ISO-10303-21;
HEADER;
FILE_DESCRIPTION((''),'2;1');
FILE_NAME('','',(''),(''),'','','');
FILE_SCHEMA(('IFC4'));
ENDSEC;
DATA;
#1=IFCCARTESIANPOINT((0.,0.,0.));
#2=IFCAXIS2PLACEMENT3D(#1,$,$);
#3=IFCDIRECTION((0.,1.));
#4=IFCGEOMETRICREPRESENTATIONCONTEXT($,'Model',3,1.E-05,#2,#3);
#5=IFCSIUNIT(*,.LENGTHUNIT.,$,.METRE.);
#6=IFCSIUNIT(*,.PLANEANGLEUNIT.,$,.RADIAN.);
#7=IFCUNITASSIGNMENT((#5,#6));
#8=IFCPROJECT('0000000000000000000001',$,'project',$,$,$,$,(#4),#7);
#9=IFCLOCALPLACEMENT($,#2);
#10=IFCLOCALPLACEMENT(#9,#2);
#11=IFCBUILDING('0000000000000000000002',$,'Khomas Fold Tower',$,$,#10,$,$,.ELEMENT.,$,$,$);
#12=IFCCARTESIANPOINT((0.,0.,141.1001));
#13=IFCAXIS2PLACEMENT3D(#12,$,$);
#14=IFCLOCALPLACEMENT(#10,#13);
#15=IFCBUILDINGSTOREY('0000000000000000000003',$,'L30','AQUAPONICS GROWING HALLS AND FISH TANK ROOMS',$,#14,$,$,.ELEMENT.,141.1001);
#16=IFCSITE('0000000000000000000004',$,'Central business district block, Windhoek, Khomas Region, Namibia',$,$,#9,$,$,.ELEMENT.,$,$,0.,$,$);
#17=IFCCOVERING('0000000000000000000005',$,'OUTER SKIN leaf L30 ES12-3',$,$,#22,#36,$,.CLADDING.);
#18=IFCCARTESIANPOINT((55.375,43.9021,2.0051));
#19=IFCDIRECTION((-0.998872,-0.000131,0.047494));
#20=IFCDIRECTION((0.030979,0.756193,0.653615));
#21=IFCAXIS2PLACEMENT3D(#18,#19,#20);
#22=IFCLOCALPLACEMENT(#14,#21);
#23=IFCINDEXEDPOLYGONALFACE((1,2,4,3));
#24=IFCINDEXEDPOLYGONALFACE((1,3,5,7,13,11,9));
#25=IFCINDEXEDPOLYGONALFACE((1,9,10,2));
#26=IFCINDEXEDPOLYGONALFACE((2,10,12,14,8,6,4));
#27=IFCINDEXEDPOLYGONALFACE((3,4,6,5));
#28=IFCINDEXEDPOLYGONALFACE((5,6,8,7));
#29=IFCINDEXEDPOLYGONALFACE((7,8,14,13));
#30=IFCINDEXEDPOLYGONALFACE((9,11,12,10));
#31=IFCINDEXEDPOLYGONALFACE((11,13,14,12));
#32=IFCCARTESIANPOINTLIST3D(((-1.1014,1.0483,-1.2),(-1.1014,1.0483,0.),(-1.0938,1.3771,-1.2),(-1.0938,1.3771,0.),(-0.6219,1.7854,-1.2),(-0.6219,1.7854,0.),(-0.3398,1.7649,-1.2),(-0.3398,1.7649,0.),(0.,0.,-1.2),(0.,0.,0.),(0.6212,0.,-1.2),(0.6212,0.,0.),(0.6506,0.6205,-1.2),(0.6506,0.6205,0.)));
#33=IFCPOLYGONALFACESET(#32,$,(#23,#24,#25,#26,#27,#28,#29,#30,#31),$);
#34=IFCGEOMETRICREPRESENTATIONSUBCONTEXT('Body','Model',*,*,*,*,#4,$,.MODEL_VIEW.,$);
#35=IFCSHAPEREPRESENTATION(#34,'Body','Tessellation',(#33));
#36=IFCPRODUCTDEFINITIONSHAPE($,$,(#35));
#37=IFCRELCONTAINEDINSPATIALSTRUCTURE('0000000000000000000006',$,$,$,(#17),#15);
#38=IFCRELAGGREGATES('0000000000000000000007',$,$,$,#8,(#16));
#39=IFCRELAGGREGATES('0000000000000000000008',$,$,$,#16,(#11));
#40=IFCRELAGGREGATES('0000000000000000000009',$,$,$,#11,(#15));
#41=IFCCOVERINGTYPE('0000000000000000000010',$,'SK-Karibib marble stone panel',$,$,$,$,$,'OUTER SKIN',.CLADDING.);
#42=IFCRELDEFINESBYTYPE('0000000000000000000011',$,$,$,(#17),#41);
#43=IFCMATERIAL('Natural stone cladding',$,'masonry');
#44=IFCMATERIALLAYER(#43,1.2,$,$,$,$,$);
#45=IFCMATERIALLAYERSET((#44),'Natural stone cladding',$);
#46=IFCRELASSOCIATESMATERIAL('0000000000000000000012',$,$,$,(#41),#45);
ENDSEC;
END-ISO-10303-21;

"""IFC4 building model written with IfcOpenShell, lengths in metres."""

from ifc_helpers import new_model, si_unit, direction, frame, origin, place, context, subcontext, project, spatial, polyline, outline, extrude, material, layer, layer_set, type_object, element, save


model = new_model("IFC4")

# Units and contexts
model_context = context("Model", 3, precision=1e-05, world=origin(), true_north=direction((0.0, 1.0)))
body_context = subcontext(model_context, "Body", "Model", "MODEL_VIEW")
ifc_project = project(units=[si_unit("LENGTHUNIT", "METRE"), si_unit("PLANEANGLEUNIT", "RADIAN")], contexts=[model_context])

# Site, building, storey
site_placement = place(None, origin())
site = spatial("IfcSite", under=ifc_project, at=site_placement, Name="Central business district block, Windhoek, Khomas Region, Namibia", CompositionType="ELEMENT", RefElevation=0.0)
building_placement = place(site_placement, origin())
building = spatial("IfcBuilding", under=site, at=building_placement, Name="Khomas Fold Tower", CompositionType="ELEMENT")
storey_placement = place(building_placement, frame((0.0, 0.0, 141.1001)))
storey = spatial("IfcBuildingStorey", under=building, at=storey_placement, Name="L30", Description="AQUAPONICS GROWING HALLS AND FISH TANK ROOMS", CompositionType="ELEMENT", Elevation=141.1001)

# Covering
ifc_material_1 = material(Name="Natural stone cladding", Category="masonry")
ifc_layer_1 = layer(ifc_material_1, 1.2)
ifc_layer_set_1 = layer_set([ifc_layer_1], Name="Natural stone cladding")
covering_type_1 = type_object("IfcCoveringType", Name="SK-Karibib marble stone panel", ElementType="OUTER SKIN", PredefinedType="CLADDING", material=ifc_layer_set_1)
covering_1_placement = place(storey_placement, frame((55.375, 43.9021, 2.0051), z_axis=(-0.998872, -0.000131, 0.047494), x_axis=(0.030979, 0.756193, 0.653615)))
element("IfcCovering", 1, at=covering_1_placement, inside=storey, type_object=covering_type_1, Name="OUTER SKIN leaf L30 ES12-3", PredefinedType="CLADDING", context=body_context, shape_type="SweptSolid", body=[
    extrude(outline(polyline([(0.0, 0.0), (0.6212, 0.0), (0.6506, 0.6205), (-0.3398, 1.7649), (-0.6219, 1.7854), (-1.0938, 1.3771), (-1.1014, 1.0483), (0.0, 0.0)])), origin(), (0.0, 0.0, -1.0), 1.2),
])

save(model, "model.ifc")
